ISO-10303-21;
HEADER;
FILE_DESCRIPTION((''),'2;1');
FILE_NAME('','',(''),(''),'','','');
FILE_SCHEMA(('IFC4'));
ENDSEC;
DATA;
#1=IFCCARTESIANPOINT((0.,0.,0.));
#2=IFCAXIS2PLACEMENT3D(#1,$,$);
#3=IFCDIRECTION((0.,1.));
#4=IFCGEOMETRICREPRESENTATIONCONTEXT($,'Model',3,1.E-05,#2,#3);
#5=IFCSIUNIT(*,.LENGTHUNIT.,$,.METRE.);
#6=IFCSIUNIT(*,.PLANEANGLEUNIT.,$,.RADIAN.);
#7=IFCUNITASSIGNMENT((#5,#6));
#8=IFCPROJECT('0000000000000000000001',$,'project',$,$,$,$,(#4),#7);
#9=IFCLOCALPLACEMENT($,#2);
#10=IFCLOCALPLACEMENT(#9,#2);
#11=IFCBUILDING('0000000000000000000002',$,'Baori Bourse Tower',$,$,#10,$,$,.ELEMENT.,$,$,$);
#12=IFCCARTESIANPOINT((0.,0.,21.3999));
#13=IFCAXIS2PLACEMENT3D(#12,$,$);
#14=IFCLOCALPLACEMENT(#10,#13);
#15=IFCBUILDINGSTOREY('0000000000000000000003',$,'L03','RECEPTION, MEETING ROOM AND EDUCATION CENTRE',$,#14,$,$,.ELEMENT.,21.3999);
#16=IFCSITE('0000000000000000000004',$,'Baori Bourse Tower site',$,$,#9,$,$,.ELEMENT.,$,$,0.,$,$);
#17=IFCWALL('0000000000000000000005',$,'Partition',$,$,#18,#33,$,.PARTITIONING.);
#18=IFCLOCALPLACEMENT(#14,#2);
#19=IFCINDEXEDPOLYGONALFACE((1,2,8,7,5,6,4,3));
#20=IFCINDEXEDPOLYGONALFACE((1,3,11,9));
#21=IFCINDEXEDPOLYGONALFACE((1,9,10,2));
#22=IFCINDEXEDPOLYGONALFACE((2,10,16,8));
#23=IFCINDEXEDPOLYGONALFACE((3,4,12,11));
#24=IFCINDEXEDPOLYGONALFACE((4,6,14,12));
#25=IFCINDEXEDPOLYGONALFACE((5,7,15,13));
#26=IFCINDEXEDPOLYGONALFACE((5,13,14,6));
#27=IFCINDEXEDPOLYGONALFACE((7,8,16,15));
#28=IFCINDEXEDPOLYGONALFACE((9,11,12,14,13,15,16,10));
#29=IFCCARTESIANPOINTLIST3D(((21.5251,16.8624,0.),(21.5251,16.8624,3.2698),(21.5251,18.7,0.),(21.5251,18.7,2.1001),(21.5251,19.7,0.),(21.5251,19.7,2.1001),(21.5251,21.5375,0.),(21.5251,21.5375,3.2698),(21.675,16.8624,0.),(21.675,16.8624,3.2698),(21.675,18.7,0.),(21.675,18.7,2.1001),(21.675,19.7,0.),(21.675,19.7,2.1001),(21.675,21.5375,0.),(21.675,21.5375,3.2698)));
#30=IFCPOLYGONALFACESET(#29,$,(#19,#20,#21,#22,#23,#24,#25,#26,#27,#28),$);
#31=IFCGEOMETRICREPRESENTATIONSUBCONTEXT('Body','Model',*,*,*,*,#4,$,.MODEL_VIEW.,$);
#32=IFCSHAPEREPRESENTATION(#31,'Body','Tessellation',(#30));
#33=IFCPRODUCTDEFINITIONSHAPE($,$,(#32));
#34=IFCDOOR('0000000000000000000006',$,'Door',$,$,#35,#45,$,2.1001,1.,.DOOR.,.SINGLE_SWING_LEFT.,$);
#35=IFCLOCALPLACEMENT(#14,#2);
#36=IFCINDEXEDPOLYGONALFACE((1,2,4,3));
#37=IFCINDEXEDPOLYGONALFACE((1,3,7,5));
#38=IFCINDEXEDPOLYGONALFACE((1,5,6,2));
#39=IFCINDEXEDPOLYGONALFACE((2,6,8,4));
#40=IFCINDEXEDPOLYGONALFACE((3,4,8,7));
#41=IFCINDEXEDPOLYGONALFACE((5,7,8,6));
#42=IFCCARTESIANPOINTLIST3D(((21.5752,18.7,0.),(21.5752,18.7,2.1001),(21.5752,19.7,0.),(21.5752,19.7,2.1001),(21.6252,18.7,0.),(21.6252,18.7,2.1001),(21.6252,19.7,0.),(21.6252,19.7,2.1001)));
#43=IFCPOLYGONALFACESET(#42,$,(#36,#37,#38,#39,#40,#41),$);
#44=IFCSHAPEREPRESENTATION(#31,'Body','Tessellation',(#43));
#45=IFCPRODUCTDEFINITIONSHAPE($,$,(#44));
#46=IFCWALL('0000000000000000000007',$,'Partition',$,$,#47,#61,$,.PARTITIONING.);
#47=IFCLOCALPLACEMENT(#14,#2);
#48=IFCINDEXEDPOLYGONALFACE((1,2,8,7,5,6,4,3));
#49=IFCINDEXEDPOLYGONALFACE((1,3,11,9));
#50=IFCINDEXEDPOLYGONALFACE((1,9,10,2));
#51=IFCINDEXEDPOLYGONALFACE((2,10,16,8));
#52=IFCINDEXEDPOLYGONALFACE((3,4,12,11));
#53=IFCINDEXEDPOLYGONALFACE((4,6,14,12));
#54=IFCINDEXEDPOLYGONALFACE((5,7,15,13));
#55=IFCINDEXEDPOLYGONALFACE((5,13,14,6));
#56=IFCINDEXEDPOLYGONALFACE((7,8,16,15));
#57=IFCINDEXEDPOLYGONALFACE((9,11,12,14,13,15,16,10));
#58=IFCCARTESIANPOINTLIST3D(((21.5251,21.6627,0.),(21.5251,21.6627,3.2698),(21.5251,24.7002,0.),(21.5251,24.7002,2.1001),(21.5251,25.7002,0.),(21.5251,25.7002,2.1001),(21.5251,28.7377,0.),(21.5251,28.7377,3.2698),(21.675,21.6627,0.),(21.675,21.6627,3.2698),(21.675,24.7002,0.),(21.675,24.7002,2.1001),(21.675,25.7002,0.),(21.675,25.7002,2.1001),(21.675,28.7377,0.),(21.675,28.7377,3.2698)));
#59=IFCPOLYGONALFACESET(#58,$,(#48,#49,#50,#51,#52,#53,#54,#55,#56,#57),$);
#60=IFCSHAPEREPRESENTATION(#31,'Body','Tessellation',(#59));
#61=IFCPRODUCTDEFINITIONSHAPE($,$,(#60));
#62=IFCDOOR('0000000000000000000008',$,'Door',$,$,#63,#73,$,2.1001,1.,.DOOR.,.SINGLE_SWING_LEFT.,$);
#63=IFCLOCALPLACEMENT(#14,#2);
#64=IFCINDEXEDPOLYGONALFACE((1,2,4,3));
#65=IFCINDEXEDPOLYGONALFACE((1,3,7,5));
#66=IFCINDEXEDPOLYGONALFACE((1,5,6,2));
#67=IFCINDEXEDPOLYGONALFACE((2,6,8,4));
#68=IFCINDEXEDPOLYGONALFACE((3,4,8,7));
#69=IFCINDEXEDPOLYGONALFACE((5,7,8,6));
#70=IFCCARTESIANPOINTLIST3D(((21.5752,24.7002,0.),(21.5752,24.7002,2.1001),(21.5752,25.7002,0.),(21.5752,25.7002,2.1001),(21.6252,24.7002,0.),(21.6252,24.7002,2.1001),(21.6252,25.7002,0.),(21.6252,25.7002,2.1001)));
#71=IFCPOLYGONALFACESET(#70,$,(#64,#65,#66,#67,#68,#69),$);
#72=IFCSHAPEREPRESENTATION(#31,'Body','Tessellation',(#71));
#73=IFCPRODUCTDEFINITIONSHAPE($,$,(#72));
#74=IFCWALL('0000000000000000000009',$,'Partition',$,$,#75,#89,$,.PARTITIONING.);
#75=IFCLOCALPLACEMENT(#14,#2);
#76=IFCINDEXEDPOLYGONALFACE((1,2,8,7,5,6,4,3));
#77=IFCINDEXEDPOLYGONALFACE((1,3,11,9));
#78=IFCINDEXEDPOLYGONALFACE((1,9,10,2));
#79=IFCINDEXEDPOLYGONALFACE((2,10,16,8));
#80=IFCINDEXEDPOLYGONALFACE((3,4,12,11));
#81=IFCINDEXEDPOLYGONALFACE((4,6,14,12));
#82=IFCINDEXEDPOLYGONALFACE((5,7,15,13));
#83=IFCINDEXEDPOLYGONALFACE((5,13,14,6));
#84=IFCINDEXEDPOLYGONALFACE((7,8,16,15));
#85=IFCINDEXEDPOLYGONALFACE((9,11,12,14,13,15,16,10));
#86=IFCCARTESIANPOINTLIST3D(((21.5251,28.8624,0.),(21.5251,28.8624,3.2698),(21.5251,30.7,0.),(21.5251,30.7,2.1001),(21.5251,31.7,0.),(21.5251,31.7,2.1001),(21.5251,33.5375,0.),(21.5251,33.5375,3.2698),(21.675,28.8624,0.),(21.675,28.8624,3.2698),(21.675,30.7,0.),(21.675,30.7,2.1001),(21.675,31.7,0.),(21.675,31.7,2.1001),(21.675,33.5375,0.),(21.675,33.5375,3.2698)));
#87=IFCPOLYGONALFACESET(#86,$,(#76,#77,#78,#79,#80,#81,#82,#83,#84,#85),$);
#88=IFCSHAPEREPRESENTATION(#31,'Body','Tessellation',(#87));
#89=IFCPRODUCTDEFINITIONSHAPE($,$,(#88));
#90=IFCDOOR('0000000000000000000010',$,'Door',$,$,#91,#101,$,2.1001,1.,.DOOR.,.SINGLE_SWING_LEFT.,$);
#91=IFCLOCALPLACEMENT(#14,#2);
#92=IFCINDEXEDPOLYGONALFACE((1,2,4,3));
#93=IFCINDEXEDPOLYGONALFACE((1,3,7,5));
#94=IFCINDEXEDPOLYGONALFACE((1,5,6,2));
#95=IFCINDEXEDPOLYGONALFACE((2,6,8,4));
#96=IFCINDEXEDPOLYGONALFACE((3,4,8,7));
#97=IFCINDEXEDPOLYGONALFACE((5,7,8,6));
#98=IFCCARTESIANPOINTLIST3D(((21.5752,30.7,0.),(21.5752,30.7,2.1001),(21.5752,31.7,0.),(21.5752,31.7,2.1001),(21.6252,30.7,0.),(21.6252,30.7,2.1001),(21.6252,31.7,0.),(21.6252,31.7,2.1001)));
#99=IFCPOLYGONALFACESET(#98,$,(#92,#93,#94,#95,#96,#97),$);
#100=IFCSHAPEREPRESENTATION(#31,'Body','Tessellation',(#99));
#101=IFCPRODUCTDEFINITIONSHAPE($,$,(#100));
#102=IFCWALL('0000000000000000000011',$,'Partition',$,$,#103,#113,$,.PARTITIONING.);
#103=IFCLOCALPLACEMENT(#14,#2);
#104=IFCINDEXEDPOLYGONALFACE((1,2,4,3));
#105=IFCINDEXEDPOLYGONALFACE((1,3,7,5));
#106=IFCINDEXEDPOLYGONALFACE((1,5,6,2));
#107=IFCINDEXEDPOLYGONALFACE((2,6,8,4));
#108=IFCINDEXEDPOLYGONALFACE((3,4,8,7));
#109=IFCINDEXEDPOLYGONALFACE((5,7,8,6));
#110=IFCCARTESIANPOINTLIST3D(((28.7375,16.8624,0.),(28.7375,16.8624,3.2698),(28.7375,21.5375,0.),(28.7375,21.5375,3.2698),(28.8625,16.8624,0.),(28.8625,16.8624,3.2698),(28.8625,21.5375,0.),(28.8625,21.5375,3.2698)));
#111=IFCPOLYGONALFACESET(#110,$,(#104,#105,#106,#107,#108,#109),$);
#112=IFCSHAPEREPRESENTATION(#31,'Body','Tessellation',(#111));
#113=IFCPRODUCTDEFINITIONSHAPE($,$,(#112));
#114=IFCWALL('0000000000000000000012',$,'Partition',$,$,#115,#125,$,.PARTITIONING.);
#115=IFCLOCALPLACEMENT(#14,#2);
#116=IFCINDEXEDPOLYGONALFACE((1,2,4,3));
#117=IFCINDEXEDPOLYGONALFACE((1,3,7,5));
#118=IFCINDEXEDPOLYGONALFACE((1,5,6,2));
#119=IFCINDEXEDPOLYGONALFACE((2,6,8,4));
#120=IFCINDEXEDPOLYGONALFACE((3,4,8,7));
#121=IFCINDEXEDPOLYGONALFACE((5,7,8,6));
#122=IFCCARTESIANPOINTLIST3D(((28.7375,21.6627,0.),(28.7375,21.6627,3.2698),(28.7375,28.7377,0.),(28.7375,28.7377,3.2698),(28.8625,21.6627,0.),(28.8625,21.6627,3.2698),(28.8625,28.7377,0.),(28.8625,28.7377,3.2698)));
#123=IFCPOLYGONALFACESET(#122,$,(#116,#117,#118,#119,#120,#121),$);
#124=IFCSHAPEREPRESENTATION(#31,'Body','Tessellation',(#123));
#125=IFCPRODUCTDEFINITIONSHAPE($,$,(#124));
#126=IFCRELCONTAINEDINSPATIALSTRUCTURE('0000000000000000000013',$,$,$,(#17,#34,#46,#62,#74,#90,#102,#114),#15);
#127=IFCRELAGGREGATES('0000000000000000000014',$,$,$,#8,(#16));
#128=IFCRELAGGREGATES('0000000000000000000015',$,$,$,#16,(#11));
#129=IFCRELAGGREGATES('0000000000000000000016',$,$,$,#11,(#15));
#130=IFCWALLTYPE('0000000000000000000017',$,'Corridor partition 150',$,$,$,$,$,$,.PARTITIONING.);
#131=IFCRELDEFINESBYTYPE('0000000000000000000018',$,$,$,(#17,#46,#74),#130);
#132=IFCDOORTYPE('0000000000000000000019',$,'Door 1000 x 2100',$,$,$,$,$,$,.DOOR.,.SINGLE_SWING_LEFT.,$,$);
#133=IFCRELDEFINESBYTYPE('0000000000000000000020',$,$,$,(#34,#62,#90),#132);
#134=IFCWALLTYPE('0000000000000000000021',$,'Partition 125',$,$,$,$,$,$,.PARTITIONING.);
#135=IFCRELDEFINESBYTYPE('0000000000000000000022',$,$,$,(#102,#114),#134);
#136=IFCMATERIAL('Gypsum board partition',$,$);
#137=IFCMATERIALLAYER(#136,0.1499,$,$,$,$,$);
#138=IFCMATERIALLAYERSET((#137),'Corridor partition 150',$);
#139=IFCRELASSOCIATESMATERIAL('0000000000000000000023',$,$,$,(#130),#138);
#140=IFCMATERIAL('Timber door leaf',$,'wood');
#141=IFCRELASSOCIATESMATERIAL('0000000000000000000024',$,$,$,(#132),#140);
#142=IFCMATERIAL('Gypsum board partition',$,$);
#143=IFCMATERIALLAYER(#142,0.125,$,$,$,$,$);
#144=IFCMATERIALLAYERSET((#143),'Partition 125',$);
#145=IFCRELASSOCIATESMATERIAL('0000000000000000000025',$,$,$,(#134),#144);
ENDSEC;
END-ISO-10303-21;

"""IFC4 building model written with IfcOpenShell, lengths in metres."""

from ifc_helpers import new_model, si_unit, direction, frame, frame_2d, origin, place, context, subcontext, project, spatial, rectangle, extrude, material, layer, layer_set, type_object, element, fill, save


model = new_model("IFC4")

# Units and contexts
model_context = context("Model", 3, precision=1e-05, world=origin(), true_north=direction((0.0, 1.0)))
body_context = subcontext(model_context, "Body", "Model", "MODEL_VIEW")
ifc_project = project(units=[si_unit("LENGTHUNIT", "METRE"), si_unit("PLANEANGLEUNIT", "RADIAN")], contexts=[model_context])

# Site, building, storey
site_placement = place(None, origin())
site = spatial("IfcSite", under=ifc_project, at=site_placement, Name="Baori Bourse Tower site", CompositionType="ELEMENT", RefElevation=0.0)
building_placement = place(site_placement, origin())
building = spatial("IfcBuilding", under=site, at=building_placement, Name="Baori Bourse Tower", CompositionType="ELEMENT")
storey_placement = place(building_placement, frame((0.0, 0.0, 21.3999)))
storey = spatial("IfcBuildingStorey", under=building, at=storey_placement, Name="L03", Description="RECEPTION, MEETING ROOM AND EDUCATION CENTRE", CompositionType="ELEMENT", Elevation=21.3999)

# Walls, openings, doors
ifc_material_1 = material(Name="Gypsum board partition")
ifc_layer_1 = layer(ifc_material_1, 0.1499)
ifc_layer_set_1 = layer_set([ifc_layer_1], Name="Corridor partition 150")
wall_type_1 = type_object("IfcWallType", Name="Corridor partition 150", PredefinedType="PARTITIONING", material=ifc_layer_set_1)
wall_1_placement = place(storey_placement, frame((21.6001, 16.8625, 0.0), z_axis=(0.0, 0.0, 1.0), x_axis=(0.0, 1.0, 0.0)))
wall_1 = element("IfcWall", 1, at=wall_1_placement, inside=storey, type_object=wall_type_1, Name="Partition", PredefinedType="PARTITIONING", context=body_context, shape_type="SweptSolid", body=[
    extrude(rectangle(XDim=4.675, YDim=0.1499, at=frame_2d((2.3374, 0.0))), origin(), (0.0, 0.0, 1.0), 3.2698),
])
opening_1_placement = place(wall_1_placement, frame((1.8374, 0.0, 0.0)))
opening_1 = element("IfcOpeningElement", 2, at=opening_1_placement, cuts=wall_1, PredefinedType="OPENING", context=body_context, shape_type="SweptSolid", body=[
    extrude(rectangle(XDim=1.0, YDim=2.1001, at=frame_2d((0.5, 1.05))), frame((0.0, 0.085, 0.0), z_axis=(0.0, -1.0, 0.0), x_axis=(1.0, 0.0, 0.0)), (0.0, 0.0, 1.0), 0.1699),
])
ifc_material_2 = material(Name="Timber door leaf", Category="wood")
door_type = type_object("IfcDoorType", Name="Door 1000 x 2100", OperationType="SINGLE_SWING_LEFT", PredefinedType="DOOR", material=ifc_material_2)
door_1_placement = place(opening_1_placement, origin())
door_1 = element("IfcDoor", 3, at=door_1_placement, inside=storey, type_object=door_type, Name="Door", OperationType="SINGLE_SWING_LEFT", OverallHeight=2.1001, OverallWidth=1.0, PredefinedType="DOOR", context=body_context, shape_type="SweptSolid", body=[
    extrude(rectangle(XDim=1.0, YDim=2.1001, at=frame_2d((0.5, 1.05))), frame((0.0, 0.0249, 0.0), z_axis=(0.0, -1.0, 0.0), x_axis=(1.0, 0.0, 0.0)), (0.0, 0.0, 1.0), 0.05),
])
fill(opening_1, door_1)
wall_2_placement = place(storey_placement, frame((21.6001, 21.6626, 0.0), z_axis=(0.0, 0.0, 1.0), x_axis=(0.0, 1.0, 0.0)))
wall_2 = element("IfcWall", 4, at=wall_2_placement, inside=storey, type_object=wall_type_1, Name="Partition", PredefinedType="PARTITIONING", context=body_context, shape_type="SweptSolid", body=[
    extrude(rectangle(XDim=7.075, YDim=0.1499, at=frame_2d((3.5376, 0.0))), origin(), (0.0, 0.0, 1.0), 3.2698),
])
opening_2_placement = place(wall_2_placement, frame((3.0376, 0.0, 0.0)))
opening_2 = element("IfcOpeningElement", 5, at=opening_2_placement, cuts=wall_2, PredefinedType="OPENING", context=body_context, shape_type="SweptSolid", body=[
    extrude(rectangle(XDim=1.0, YDim=2.1001, at=frame_2d((0.5, 1.05))), frame((0.0, 0.085, 0.0), z_axis=(0.0, -1.0, 0.0), x_axis=(1.0, 0.0, 0.0)), (0.0, 0.0, 1.0), 0.1699),
])
door_2_placement = place(opening_2_placement, origin())
door_2 = element("IfcDoor", 6, at=door_2_placement, inside=storey, type_object=door_type, Name="Door", OperationType="SINGLE_SWING_LEFT", OverallHeight=2.1001, OverallWidth=1.0, PredefinedType="DOOR", context=body_context, shape_type="SweptSolid", body=[
    extrude(rectangle(XDim=1.0, YDim=2.1001, at=frame_2d((0.5, 1.05))), frame((0.0, 0.0249, 0.0), z_axis=(0.0, -1.0, 0.0), x_axis=(1.0, 0.0, 0.0)), (0.0, 0.0, 1.0), 0.05),
])
fill(opening_2, door_2)
wall_3_placement = place(storey_placement, frame((21.6001, 28.8625, 0.0), z_axis=(0.0, 0.0, 1.0), x_axis=(0.0, 1.0, 0.0)))
wall_3 = element("IfcWall", 7, at=wall_3_placement, inside=storey, type_object=wall_type_1, Name="Partition", PredefinedType="PARTITIONING", context=body_context, shape_type="SweptSolid", body=[
    extrude(rectangle(XDim=4.675, YDim=0.1499, at=frame_2d((2.3374, 0.0))), origin(), (0.0, 0.0, 1.0), 3.2698),
])
opening_3_placement = place(wall_3_placement, frame((1.8374, 0.0, 0.0)))
opening_3 = element("IfcOpeningElement", 8, at=opening_3_placement, cuts=wall_3, PredefinedType="OPENING", context=body_context, shape_type="SweptSolid", body=[
    extrude(rectangle(XDim=1.0, YDim=2.1001, at=frame_2d((0.5, 1.05))), frame((0.0, 0.085, 0.0), z_axis=(0.0, -1.0, 0.0), x_axis=(1.0, 0.0, 0.0)), (0.0, 0.0, 1.0), 0.1699),
])
door_3_placement = place(opening_3_placement, origin())
door_3 = element("IfcDoor", 9, at=door_3_placement, inside=storey, type_object=door_type, Name="Door", OperationType="SINGLE_SWING_LEFT", OverallHeight=2.1001, OverallWidth=1.0, PredefinedType="DOOR", context=body_context, shape_type="SweptSolid", body=[
    extrude(rectangle(XDim=1.0, YDim=2.1001, at=frame_2d((0.5, 1.05))), frame((0.0, 0.0249, 0.0), z_axis=(0.0, -1.0, 0.0), x_axis=(1.0, 0.0, 0.0)), (0.0, 0.0, 1.0), 0.05),
])
fill(opening_3, door_3)

# Walls
ifc_material_3 = material(Name="Gypsum board partition")
ifc_layer_2 = layer(ifc_material_3, 0.125)
ifc_layer_set_2 = layer_set([ifc_layer_2], Name="Partition 125")
wall_type_2 = type_object("IfcWallType", Name="Partition 125", PredefinedType="PARTITIONING", material=ifc_layer_set_2)
wall_4_placement = place(storey_placement, frame((28.8, 16.8625, 0.0), z_axis=(0.0, 0.0, 1.0), x_axis=(0.0, 1.0, 0.0)))
element("IfcWall", 10, at=wall_4_placement, inside=storey, type_object=wall_type_2, Name="Partition", PredefinedType="PARTITIONING", context=body_context, shape_type="SweptSolid", body=[
    extrude(rectangle(XDim=4.675, YDim=0.125, at=frame_2d((2.3374, 0.0))), origin(), (0.0, 0.0, 1.0), 3.2698),
])
wall_5_placement = place(storey_placement, frame((28.8, 21.6626, 0.0), z_axis=(0.0, 0.0, 1.0), x_axis=(0.0, 1.0, 0.0)))
element("IfcWall", 11, at=wall_5_placement, inside=storey, type_object=wall_type_2, Name="Partition", PredefinedType="PARTITIONING", context=body_context, shape_type="SweptSolid", body=[
    extrude(rectangle(XDim=7.075, YDim=0.125, at=frame_2d((3.5376, 0.0))), origin(), (0.0, 0.0, 1.0), 3.2698),
])

save(model, "model.ifc")
